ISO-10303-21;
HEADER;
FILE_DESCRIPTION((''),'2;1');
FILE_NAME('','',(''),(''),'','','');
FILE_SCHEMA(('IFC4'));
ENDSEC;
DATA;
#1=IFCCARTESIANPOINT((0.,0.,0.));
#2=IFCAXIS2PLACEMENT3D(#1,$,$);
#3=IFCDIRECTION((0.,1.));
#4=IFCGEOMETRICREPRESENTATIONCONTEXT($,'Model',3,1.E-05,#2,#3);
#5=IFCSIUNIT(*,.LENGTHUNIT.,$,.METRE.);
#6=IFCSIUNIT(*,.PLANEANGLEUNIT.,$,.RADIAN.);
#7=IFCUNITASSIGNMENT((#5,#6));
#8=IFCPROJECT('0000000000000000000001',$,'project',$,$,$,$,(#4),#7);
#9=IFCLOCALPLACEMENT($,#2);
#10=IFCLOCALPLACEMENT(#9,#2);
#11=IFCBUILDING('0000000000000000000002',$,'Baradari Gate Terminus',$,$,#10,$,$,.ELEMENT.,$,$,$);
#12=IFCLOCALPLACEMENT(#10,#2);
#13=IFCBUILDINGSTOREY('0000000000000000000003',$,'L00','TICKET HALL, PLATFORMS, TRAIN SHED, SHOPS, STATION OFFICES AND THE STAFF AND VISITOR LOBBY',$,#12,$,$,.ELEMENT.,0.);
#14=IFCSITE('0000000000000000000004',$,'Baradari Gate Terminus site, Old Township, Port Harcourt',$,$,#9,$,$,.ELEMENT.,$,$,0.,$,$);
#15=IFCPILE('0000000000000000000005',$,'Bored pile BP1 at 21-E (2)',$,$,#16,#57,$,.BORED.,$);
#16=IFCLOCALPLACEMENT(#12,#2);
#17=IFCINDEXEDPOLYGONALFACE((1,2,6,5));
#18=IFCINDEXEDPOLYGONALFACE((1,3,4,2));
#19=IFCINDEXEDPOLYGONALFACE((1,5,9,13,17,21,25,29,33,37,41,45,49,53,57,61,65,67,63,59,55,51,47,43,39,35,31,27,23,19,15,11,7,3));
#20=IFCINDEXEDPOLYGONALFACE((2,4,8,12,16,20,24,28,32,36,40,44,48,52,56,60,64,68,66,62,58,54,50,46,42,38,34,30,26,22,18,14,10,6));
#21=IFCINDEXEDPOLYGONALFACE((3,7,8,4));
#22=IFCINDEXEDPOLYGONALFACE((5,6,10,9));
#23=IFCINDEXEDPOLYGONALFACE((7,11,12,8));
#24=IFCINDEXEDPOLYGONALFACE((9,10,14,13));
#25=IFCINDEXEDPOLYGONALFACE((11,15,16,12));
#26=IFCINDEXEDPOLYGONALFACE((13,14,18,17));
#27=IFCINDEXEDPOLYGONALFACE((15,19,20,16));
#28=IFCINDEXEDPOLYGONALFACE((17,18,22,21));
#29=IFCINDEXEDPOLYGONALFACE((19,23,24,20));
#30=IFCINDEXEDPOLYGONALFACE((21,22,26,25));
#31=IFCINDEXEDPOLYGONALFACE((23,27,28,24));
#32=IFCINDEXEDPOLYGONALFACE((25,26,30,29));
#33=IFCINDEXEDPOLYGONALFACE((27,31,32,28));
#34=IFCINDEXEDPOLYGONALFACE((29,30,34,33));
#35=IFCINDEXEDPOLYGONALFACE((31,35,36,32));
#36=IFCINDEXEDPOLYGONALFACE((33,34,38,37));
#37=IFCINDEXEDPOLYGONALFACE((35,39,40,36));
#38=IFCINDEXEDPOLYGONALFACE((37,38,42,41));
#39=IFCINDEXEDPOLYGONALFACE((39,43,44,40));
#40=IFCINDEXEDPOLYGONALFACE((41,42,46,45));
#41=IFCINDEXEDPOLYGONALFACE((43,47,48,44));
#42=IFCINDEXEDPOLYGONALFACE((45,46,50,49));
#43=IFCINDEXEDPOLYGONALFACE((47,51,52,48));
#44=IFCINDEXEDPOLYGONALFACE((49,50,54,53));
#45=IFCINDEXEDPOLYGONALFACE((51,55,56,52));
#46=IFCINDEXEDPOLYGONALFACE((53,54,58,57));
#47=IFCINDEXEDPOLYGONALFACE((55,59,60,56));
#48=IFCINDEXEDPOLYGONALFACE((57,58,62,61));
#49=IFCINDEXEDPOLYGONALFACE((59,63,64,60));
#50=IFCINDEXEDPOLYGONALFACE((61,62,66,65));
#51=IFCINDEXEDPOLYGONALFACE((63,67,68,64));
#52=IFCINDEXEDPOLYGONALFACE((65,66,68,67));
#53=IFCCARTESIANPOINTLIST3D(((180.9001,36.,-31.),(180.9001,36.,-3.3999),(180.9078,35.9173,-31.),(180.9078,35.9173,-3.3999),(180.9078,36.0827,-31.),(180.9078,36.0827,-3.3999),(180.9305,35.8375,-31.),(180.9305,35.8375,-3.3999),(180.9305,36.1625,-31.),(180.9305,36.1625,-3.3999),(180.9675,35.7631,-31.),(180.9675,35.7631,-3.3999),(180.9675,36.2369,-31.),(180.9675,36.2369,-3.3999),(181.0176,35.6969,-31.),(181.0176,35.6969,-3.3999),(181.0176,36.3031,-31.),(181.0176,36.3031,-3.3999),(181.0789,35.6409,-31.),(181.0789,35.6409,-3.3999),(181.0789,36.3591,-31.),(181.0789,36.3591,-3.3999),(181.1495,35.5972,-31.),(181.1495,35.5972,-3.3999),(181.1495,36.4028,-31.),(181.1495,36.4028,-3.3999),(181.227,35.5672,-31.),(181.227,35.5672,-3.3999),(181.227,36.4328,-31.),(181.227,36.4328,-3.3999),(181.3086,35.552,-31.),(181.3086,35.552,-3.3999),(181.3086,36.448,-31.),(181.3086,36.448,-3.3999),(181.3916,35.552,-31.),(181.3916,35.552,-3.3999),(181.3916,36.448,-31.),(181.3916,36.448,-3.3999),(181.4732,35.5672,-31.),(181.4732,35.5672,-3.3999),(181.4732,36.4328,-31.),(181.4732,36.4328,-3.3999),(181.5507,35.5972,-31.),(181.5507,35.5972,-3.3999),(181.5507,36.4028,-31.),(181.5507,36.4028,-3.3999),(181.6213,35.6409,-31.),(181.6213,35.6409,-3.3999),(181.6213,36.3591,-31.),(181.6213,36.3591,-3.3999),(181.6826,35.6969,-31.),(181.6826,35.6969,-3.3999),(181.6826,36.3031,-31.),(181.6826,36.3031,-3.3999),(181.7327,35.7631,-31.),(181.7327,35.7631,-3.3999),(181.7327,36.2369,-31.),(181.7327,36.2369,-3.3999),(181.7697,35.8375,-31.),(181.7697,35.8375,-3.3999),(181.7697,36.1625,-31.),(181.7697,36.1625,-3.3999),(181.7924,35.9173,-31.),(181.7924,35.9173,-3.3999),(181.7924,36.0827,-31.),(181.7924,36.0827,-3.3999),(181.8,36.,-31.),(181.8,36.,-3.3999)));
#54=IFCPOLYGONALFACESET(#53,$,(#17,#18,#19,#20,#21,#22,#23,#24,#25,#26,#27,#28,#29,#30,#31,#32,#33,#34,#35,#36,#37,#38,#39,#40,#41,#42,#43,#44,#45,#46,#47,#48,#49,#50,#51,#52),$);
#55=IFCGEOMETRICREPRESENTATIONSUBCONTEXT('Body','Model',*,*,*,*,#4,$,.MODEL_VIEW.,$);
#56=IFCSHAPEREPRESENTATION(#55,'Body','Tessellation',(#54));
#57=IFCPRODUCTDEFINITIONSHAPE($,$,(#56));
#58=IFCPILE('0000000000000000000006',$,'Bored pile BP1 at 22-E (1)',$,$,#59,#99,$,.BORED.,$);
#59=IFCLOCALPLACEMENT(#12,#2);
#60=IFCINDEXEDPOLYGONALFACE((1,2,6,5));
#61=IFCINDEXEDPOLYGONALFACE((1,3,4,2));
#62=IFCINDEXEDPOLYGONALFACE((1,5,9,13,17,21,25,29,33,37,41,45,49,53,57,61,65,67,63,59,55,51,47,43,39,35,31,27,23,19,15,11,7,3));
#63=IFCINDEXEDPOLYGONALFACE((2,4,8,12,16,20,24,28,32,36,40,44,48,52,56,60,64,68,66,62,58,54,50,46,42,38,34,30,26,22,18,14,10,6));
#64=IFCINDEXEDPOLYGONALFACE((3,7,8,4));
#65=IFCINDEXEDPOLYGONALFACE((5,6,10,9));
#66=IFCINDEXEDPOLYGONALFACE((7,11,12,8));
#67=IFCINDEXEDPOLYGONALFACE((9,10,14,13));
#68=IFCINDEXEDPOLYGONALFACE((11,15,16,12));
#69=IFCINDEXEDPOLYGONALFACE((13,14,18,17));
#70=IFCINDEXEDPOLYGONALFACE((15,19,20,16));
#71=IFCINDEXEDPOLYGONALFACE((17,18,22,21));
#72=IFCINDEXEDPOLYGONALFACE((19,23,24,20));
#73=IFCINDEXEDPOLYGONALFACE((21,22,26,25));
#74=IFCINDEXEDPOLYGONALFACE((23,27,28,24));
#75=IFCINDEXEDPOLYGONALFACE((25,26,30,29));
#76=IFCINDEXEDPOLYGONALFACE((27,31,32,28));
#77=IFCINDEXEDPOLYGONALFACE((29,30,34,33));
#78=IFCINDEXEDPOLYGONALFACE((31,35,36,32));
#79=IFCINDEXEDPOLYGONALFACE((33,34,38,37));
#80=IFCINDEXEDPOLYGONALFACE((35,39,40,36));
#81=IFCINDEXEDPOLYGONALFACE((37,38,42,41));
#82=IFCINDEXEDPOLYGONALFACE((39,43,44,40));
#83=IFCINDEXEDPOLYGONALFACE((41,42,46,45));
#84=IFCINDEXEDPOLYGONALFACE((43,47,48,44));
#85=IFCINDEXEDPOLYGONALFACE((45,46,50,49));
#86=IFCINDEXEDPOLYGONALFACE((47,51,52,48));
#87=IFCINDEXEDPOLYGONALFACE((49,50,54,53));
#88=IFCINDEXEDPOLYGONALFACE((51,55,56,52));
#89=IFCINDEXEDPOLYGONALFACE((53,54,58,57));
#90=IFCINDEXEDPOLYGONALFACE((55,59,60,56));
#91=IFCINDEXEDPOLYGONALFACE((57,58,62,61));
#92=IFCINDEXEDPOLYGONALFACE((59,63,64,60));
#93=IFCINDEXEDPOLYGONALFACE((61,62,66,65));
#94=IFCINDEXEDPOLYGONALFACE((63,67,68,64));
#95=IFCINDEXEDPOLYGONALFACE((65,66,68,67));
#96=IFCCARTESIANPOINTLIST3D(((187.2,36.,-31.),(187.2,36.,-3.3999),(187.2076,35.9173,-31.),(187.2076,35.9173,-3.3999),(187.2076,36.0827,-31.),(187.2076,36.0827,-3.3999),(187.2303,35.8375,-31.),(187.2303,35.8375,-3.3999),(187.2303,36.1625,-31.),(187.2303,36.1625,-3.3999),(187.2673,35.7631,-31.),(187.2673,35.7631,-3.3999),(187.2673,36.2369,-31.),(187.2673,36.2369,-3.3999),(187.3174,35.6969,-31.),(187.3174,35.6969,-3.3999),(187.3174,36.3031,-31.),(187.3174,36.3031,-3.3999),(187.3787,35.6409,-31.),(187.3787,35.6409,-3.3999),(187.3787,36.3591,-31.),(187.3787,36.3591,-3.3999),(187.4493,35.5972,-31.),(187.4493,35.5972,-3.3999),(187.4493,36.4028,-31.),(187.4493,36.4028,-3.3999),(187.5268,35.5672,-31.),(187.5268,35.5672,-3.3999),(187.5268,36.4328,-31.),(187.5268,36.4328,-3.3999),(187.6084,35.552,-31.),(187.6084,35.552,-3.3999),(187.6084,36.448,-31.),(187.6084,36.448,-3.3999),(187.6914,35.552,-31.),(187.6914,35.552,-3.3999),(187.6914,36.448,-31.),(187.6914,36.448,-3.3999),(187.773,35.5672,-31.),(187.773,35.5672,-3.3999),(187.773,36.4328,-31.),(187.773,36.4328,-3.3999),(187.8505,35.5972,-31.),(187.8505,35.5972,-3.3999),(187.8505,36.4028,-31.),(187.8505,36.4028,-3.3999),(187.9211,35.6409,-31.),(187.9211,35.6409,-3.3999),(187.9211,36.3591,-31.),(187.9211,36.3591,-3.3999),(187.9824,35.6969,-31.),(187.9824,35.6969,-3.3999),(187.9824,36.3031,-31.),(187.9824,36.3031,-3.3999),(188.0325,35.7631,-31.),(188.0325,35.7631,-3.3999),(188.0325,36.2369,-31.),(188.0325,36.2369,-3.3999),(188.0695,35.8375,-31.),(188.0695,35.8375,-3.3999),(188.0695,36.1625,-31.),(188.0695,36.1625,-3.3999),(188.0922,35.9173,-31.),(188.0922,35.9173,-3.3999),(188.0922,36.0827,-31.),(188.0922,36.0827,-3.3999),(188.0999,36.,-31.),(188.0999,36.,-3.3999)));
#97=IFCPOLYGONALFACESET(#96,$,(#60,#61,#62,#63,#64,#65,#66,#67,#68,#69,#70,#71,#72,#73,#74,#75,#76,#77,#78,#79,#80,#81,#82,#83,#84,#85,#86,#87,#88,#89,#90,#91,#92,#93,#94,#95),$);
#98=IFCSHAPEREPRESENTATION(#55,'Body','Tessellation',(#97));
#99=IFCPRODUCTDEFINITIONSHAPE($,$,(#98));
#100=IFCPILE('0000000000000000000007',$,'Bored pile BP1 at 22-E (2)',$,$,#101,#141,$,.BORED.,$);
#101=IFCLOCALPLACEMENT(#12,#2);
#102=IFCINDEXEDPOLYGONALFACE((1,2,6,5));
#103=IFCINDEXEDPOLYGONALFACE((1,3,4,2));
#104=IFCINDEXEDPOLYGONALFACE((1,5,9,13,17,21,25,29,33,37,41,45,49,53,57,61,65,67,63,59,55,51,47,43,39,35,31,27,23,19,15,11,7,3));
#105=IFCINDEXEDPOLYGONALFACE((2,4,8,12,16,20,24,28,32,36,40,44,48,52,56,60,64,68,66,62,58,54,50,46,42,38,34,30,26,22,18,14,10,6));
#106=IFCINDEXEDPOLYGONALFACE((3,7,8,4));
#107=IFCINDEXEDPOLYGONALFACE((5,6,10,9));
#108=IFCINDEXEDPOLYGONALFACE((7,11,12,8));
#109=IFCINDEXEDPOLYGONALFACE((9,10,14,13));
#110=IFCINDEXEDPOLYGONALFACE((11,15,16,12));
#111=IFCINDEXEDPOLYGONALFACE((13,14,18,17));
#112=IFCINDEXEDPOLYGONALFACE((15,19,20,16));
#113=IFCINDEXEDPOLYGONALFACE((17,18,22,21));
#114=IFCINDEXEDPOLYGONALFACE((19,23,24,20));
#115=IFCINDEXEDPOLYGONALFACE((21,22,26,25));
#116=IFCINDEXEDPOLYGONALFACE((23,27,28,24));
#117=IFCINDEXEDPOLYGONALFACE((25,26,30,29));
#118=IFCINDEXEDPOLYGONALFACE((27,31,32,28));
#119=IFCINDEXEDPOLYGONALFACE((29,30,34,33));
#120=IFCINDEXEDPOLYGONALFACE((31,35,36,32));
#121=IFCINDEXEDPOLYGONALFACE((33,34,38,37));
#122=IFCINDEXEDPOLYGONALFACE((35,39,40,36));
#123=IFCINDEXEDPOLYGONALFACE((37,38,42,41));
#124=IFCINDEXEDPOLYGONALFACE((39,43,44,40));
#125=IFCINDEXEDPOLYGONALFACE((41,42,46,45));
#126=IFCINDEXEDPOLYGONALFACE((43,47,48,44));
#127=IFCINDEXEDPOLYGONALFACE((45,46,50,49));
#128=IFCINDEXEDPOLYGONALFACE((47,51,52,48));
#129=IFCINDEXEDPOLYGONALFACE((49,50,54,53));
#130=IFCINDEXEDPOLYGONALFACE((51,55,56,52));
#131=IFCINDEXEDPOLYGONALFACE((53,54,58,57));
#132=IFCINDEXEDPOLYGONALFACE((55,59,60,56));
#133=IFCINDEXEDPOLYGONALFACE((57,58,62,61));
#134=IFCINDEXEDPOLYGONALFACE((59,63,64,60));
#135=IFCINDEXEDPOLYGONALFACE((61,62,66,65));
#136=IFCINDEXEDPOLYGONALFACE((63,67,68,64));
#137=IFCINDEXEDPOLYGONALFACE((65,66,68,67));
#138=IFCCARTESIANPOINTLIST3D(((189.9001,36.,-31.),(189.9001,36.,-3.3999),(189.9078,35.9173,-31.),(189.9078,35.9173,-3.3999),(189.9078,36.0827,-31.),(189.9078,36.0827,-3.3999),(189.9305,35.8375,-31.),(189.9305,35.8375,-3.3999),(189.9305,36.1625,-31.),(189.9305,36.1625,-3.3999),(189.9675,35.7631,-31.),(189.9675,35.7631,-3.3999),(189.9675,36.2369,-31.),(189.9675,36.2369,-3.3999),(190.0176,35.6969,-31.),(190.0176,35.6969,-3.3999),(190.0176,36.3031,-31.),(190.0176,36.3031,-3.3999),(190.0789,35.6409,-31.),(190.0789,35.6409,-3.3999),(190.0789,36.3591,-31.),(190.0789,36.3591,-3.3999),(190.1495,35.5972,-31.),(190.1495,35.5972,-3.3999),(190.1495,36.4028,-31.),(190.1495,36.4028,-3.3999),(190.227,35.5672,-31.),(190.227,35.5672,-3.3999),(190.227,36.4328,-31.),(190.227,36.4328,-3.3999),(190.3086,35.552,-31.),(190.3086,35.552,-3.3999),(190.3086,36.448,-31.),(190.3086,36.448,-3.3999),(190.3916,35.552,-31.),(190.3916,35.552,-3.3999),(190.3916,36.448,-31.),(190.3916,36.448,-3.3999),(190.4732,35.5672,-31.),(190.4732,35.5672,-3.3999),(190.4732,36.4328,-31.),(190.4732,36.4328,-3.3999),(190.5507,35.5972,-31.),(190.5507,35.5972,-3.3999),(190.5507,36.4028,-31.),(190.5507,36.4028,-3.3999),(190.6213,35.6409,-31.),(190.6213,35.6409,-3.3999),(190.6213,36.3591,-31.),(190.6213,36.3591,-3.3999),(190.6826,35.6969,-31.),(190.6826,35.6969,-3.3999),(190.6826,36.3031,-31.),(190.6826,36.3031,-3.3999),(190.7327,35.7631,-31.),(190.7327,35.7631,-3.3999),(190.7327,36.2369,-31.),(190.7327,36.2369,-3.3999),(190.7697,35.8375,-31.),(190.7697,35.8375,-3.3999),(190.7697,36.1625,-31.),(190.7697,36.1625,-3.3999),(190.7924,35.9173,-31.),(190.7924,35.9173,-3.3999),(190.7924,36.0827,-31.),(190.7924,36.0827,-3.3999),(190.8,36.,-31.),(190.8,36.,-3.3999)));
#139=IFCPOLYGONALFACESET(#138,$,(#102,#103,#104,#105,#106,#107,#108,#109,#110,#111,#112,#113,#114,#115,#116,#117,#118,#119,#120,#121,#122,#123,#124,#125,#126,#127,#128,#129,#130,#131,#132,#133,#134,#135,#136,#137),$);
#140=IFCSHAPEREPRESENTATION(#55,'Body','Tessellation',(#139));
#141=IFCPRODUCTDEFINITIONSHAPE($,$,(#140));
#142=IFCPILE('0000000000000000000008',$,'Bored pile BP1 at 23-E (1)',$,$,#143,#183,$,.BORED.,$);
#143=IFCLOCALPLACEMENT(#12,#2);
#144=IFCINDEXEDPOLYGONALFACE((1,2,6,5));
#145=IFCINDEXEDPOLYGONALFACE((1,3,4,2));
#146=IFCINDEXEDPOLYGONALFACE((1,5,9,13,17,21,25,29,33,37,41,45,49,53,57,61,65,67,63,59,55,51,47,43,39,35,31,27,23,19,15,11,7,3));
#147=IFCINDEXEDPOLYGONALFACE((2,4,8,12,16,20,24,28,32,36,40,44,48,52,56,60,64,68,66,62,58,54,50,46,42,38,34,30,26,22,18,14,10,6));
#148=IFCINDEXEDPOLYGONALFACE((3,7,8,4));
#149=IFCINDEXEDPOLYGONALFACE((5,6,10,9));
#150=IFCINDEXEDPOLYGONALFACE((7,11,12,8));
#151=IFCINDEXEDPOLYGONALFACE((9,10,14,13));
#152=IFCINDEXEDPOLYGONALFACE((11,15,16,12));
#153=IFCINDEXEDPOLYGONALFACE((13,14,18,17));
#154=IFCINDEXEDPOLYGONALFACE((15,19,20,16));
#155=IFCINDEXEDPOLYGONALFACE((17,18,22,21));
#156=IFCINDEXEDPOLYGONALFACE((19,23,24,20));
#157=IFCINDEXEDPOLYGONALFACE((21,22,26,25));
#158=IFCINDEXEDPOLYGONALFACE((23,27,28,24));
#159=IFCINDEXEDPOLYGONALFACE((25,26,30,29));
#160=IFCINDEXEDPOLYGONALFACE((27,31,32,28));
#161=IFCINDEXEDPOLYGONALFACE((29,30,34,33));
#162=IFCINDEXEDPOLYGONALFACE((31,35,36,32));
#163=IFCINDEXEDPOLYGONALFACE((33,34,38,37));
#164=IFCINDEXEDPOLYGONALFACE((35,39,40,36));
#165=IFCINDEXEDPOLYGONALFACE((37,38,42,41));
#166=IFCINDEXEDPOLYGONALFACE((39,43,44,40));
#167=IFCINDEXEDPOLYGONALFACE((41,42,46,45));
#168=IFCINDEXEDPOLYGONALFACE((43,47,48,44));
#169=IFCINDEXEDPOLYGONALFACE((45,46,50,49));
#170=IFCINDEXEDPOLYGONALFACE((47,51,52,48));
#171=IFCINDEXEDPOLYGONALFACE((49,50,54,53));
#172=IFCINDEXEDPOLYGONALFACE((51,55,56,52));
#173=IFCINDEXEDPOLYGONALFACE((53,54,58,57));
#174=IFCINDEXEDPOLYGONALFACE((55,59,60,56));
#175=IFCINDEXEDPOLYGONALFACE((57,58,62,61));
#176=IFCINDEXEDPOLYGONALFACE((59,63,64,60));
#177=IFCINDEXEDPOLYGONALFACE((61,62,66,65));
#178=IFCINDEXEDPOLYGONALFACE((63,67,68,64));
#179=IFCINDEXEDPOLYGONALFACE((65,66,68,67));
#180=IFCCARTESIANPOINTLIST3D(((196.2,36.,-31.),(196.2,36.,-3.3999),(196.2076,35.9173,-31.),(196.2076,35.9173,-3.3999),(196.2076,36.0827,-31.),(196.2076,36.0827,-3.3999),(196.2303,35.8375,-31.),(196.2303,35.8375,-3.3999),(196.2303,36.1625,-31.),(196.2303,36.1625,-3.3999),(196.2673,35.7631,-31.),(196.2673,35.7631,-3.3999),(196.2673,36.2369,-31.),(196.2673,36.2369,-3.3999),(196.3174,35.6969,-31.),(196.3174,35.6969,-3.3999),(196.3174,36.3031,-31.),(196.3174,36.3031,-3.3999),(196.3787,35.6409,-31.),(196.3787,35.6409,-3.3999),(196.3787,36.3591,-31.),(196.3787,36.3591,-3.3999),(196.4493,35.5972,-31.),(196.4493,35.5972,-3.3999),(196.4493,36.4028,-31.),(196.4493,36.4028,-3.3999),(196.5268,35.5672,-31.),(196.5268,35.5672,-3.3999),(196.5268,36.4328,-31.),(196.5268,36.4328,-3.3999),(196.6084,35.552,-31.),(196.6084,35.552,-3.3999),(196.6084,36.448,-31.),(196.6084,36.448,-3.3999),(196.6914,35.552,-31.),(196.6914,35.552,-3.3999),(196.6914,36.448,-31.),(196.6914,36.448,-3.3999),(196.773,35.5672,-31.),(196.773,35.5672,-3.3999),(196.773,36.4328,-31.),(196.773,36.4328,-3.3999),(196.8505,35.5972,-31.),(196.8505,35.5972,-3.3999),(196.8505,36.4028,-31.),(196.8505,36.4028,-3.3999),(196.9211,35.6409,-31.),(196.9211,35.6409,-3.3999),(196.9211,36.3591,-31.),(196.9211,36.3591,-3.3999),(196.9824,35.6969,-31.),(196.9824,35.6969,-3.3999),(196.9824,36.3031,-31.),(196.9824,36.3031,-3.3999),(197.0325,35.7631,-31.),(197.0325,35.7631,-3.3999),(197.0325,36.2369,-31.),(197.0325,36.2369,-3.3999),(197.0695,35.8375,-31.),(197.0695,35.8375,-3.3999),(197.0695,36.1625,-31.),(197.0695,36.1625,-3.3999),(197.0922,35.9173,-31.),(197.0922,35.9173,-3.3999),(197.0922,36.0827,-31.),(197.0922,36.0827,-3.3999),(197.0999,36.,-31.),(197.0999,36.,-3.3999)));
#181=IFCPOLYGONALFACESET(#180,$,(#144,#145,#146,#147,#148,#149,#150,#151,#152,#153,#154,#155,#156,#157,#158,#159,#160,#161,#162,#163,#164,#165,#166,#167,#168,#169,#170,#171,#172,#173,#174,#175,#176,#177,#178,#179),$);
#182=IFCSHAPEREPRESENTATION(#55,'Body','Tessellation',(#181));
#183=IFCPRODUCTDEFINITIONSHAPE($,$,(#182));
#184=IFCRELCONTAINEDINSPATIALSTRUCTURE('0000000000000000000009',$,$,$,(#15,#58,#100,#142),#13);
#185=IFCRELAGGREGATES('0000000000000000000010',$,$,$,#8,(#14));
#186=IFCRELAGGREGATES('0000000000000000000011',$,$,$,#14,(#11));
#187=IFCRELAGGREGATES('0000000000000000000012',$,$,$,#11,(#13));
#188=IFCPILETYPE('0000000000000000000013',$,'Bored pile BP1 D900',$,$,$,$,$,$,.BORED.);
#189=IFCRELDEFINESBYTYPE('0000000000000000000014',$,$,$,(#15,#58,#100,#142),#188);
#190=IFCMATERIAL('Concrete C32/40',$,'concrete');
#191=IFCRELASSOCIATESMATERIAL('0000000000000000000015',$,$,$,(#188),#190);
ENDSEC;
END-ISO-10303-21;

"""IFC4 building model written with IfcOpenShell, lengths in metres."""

from ifc_helpers import new_model, si_unit, direction, frame, origin, origin_2d, place, context, subcontext, project, spatial, circle, extrude, material, type_object, element, save


model = new_model("IFC4")

# Units and contexts
model_context = context("Model", 3, precision=1e-05, world=origin(), true_north=direction((0.0, 1.0)))
body_context = subcontext(model_context, "Body", "Model", "MODEL_VIEW")
ifc_project = project(units=[si_unit("LENGTHUNIT", "METRE"), si_unit("PLANEANGLEUNIT", "RADIAN")], contexts=[model_context])

# Site, building, storey
site_placement = place(None, origin())
site = spatial("IfcSite", under=ifc_project, at=site_placement, Name="Baradari Gate Terminus site, Old Township, Port Harcourt", CompositionType="ELEMENT", RefElevation=0.0)
building_placement = place(site_placement, origin())
building = spatial("IfcBuilding", under=site, at=building_placement, Name="Baradari Gate Terminus", CompositionType="ELEMENT")
storey_placement = place(building_placement, origin())
storey = spatial("IfcBuildingStorey", under=building, at=storey_placement, Name="L00", Description="TICKET HALL, PLATFORMS, TRAIN SHED, SHOPS, STATION OFFICES AND THE STAFF AND VISITOR LOBBY", CompositionType="ELEMENT", Elevation=0.0)

# Piles
ifc_material_1 = material(Name="Concrete C32/40", Category="concrete")
pile_type = type_object("IfcPileType", Name="Bored pile BP1 D900", PredefinedType="BORED", material=ifc_material_1)
for number, where, z_axis, x_axis, name in (
    (1, (181.3501, 36.0, -3.3999), (0.0, 0.0, -1.0), (1.0, 0.0, 0.0), "Bored pile BP1 at 21-E (2)"),
    (2, (187.6499, 36.0, -3.3999), (0.0, 0.0, -1.0), (1.0, 0.0, 0.0), "Bored pile BP1 at 22-E (1)"),
    (3, (190.3501, 36.0, -3.3999), (0.0, 0.0, -1.0), (1.0, 0.0, 0.0), "Bored pile BP1 at 22-E (2)"),
    (4, (196.6499, 36.0, -3.3999), (0.0, 0.0, -1.0), (1.0, 0.0, 0.0), "Bored pile BP1 at 23-E (1)"),
):
    element("IfcPile", number, at=place(storey_placement, frame(where, z_axis=z_axis, x_axis=x_axis)), inside=storey, type_object=pile_type, Name=name, PredefinedType="BORED", context=body_context, shape_type="SweptSolid", body=[
        extrude(circle(Radius=0.45, at=origin_2d()), origin(), (0.0, 0.0, 1.0), 27.6001),
    ])

save(model, "model.ifc")
